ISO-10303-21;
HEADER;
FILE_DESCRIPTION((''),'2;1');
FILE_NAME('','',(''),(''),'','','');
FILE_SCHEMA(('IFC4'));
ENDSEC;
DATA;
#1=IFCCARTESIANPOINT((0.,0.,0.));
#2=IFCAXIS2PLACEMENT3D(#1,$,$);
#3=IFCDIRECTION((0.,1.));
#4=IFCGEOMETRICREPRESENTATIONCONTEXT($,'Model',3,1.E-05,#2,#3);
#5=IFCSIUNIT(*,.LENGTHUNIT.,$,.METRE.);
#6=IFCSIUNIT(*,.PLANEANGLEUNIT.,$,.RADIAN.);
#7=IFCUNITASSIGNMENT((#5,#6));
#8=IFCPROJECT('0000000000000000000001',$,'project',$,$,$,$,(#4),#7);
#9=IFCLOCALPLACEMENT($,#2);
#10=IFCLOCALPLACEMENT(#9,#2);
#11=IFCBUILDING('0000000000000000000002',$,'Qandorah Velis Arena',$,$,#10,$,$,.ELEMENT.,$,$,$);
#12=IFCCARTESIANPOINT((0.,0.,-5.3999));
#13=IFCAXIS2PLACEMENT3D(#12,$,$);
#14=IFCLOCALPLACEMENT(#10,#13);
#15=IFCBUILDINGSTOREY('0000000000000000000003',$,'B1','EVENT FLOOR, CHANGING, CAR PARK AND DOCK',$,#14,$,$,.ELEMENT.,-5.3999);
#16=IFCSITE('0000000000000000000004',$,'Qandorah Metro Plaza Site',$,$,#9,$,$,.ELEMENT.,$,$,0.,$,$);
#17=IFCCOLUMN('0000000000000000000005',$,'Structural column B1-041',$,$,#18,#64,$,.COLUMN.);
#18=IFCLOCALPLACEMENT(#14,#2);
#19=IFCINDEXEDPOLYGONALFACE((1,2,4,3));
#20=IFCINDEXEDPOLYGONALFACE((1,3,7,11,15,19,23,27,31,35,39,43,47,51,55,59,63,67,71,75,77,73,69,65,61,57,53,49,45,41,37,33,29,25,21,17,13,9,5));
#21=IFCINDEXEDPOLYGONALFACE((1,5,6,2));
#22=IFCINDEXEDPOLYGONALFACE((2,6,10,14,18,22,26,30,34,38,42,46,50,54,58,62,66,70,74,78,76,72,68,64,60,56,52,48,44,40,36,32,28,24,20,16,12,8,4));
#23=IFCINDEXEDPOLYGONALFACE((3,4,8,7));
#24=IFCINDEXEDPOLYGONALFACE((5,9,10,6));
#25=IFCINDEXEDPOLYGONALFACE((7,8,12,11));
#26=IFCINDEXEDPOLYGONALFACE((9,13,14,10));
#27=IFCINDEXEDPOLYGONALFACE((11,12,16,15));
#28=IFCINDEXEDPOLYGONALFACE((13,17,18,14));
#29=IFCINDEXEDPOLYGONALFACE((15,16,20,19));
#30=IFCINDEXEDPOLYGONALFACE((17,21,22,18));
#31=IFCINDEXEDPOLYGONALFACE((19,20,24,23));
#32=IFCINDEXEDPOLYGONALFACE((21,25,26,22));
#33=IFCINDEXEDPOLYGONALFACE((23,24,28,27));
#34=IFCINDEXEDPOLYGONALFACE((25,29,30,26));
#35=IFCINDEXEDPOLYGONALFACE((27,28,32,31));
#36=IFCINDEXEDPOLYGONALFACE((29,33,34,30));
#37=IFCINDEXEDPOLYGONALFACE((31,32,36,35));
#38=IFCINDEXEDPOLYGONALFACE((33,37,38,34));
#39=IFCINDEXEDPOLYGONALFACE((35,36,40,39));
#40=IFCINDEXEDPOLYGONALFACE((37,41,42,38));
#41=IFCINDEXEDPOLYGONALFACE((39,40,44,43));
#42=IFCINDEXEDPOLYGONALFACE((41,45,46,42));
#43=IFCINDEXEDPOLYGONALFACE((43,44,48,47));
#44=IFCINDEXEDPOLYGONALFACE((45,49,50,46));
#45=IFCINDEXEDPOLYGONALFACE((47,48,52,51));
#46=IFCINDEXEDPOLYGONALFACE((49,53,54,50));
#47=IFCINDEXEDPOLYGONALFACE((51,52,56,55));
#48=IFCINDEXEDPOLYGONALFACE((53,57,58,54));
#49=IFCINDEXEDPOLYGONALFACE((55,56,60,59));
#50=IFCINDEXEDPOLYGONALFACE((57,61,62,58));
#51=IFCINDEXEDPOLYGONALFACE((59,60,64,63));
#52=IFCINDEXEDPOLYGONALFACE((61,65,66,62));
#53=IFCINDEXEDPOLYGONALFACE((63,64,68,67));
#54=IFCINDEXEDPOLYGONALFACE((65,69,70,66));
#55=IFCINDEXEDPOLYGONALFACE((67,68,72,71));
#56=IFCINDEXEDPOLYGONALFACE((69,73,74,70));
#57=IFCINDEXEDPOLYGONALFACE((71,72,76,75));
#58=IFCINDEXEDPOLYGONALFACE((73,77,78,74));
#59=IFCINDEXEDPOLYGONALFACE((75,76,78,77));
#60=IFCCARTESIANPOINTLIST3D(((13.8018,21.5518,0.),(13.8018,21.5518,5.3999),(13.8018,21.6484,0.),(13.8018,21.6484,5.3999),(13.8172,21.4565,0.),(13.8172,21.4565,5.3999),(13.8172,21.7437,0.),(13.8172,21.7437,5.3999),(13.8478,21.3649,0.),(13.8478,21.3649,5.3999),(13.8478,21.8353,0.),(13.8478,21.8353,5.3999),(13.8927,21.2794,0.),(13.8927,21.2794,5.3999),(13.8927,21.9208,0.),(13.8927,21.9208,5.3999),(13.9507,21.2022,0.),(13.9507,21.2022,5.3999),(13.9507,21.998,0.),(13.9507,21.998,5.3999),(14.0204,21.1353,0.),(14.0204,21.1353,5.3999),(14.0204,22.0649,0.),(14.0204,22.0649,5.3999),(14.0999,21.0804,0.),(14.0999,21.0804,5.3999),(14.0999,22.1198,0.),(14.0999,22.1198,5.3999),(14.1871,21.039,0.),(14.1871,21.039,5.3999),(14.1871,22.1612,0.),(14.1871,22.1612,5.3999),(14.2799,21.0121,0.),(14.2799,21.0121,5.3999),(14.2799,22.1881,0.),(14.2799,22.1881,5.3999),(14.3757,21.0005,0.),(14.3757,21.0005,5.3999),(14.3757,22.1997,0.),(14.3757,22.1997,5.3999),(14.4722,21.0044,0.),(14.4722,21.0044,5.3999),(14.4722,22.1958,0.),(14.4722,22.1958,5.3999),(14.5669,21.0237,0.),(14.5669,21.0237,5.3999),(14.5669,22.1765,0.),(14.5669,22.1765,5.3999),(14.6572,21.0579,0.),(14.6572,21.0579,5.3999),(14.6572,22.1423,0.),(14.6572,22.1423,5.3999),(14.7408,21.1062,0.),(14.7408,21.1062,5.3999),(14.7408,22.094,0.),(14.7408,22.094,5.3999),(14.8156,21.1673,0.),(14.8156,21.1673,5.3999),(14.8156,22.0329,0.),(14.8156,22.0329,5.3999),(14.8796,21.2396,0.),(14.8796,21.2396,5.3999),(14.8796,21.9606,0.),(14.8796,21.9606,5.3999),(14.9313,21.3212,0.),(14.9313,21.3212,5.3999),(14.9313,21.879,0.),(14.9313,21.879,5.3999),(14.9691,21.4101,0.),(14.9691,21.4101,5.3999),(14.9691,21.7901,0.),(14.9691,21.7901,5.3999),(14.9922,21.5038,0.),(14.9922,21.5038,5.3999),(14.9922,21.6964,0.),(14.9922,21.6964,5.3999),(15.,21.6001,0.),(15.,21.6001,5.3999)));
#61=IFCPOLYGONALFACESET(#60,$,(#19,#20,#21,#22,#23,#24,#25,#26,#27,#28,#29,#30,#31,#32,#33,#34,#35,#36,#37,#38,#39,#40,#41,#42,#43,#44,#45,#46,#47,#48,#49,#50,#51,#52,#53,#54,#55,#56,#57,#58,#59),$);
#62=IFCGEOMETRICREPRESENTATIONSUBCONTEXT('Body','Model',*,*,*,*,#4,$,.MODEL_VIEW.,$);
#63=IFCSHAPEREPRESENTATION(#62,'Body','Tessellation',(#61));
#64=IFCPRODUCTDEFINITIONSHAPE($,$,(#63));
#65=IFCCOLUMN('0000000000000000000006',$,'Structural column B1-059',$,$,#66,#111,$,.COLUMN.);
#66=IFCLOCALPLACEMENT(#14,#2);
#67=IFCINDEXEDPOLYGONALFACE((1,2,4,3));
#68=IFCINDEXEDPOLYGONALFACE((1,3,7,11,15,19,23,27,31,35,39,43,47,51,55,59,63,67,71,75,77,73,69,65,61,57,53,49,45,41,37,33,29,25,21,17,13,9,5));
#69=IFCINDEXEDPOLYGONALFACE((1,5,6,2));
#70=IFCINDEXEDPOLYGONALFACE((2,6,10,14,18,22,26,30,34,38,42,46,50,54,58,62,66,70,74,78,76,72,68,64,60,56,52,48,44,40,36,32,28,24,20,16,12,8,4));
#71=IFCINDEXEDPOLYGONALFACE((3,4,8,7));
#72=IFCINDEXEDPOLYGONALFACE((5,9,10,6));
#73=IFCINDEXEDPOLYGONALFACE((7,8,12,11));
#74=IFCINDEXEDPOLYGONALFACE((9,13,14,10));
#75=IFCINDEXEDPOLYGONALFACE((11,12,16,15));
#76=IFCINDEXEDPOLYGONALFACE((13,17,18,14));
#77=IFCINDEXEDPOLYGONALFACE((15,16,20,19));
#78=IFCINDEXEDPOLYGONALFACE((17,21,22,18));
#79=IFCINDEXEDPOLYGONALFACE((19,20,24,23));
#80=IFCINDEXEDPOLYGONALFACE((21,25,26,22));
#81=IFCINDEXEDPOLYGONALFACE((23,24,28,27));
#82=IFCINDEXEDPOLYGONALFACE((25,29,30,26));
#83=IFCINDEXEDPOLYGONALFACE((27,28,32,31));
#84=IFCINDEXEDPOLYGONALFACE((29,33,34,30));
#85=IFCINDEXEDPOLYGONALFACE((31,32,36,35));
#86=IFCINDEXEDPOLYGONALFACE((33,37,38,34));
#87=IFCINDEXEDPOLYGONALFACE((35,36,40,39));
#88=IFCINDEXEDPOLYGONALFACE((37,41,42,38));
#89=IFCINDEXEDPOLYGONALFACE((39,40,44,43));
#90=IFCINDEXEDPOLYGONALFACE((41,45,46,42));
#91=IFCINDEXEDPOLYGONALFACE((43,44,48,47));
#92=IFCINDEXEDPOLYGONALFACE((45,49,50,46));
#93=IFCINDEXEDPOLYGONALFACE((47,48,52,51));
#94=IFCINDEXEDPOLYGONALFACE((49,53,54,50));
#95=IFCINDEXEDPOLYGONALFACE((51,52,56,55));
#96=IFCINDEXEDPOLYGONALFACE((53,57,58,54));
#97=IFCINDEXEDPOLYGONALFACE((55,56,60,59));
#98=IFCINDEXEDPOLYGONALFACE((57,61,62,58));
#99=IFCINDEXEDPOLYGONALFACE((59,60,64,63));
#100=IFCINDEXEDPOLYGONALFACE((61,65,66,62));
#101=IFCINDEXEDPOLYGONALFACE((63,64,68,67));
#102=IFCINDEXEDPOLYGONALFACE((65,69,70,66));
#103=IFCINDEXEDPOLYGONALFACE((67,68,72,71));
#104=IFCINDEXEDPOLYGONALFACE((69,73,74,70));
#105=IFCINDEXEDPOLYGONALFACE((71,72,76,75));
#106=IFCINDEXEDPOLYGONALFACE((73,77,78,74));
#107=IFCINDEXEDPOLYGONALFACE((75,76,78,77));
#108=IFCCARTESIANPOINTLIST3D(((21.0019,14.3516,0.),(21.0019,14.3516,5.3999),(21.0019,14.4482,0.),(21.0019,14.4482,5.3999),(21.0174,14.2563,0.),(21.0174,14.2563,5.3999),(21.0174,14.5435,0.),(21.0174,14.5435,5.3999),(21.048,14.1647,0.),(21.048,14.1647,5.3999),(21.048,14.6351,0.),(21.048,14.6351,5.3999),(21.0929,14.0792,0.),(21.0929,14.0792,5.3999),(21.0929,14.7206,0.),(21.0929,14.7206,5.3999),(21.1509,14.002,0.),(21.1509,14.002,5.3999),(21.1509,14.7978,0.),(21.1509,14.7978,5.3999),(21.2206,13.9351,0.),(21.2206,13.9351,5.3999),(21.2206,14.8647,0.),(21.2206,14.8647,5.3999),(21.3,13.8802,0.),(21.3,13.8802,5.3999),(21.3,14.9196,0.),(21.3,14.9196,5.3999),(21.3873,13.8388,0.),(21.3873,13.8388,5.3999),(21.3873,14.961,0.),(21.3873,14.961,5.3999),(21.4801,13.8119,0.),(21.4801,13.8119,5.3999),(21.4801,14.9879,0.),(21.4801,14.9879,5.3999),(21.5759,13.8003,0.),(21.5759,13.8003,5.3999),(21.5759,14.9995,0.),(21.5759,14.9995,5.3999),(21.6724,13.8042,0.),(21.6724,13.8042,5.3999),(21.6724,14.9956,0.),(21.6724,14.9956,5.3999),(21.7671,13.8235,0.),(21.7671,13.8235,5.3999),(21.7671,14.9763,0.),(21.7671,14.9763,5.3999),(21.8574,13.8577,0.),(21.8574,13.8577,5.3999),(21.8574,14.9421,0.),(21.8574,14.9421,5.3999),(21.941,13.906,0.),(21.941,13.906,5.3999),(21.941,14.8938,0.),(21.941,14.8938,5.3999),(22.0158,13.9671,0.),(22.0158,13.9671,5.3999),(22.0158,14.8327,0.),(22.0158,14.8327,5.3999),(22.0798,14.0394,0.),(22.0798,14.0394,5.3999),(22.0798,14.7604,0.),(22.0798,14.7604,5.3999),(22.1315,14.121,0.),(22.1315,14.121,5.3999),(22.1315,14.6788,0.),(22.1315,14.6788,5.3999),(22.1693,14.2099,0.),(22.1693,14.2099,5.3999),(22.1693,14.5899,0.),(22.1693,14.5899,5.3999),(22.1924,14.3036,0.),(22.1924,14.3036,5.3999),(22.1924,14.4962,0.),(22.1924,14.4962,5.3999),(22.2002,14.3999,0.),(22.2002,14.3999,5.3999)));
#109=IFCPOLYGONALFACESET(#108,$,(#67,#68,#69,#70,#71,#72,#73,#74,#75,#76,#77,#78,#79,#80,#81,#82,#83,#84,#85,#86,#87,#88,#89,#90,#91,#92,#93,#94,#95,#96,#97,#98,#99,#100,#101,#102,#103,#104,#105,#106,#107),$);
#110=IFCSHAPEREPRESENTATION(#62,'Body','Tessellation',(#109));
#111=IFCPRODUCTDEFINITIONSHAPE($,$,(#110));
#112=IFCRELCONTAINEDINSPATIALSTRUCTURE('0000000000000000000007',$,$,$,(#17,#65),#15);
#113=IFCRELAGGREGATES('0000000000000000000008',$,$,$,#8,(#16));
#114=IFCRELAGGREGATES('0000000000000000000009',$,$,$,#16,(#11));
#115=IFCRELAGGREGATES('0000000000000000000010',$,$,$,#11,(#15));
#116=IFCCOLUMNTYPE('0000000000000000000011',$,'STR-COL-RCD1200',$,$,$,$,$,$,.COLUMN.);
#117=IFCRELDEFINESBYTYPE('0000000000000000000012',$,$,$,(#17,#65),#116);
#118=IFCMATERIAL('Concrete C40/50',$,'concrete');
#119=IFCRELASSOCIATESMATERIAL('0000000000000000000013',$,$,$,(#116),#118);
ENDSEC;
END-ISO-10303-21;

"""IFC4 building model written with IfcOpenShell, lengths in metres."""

from ifc_helpers import new_model, si_unit, direction, frame, origin, origin_2d, place, context, subcontext, project, spatial, circle, extrude, material, material_profile, profile_set, type_object, element, save


model = new_model("IFC4")

# Units and contexts
model_context = context("Model", 3, precision=1e-05, world=origin(), true_north=direction((0.0, 1.0)))
body_context = subcontext(model_context, "Body", "Model", "MODEL_VIEW")
ifc_project = project(units=[si_unit("LENGTHUNIT", "METRE"), si_unit("PLANEANGLEUNIT", "RADIAN")], contexts=[model_context])

# Site, building, storey
site_placement = place(None, origin())
site = spatial("IfcSite", under=ifc_project, at=site_placement, Name="Qandorah Metro Plaza Site", CompositionType="ELEMENT", RefElevation=0.0)
building_placement = place(site_placement, origin())
building = spatial("IfcBuilding", under=site, at=building_placement, Name="Qandorah Velis Arena", CompositionType="ELEMENT")
storey_placement = place(building_placement, frame((0.0, 0.0, -5.3999)))
storey = spatial("IfcBuildingStorey", under=building, at=storey_placement, Name="B1", Description="EVENT FLOOR, CHANGING, CAR PARK AND DOCK", CompositionType="ELEMENT", Elevation=-5.3999)

# Shared definitions
ifc_material = material(Name="Concrete C40/50", Category="concrete")

# Columns
ifc_material_profile_1 = material_profile(ifc_material, circle(Radius=0.6001, at=origin_2d()), Name="RC D1200")
ifc_profile_set_1 = profile_set([ifc_material_profile_1], Name="Concrete C40/50")
column_type_1 = type_object("IfcColumnType", Name="STR-COL-RCD1200", PredefinedType="COLUMN", material=ifc_profile_set_1)
for number, where, z_axis, x_axis, name in (
    (1, (14.3999, 21.6001, 0.0), (0.0, 0.0, 1.0), (1.0, 0.0, 0.0), "Structural column B1-041"),
    (2, (21.6001, 14.3999, 0.0), (0.0, 0.0, 1.0), (1.0, 0.0, 0.0), "Structural column B1-059"),
):
    element("IfcColumn", number, at=place(storey_placement, frame(where, z_axis=z_axis, x_axis=x_axis)), inside=storey, type_object=column_type_1, Name=name, PredefinedType="COLUMN", context=body_context, shape_type="SweptSolid", body=[
        extrude(circle(Radius=0.6001, at=origin_2d()), origin(), (0.0, 0.0, 1.0), 5.3999),
    ])

save(model, "model.ifc")
